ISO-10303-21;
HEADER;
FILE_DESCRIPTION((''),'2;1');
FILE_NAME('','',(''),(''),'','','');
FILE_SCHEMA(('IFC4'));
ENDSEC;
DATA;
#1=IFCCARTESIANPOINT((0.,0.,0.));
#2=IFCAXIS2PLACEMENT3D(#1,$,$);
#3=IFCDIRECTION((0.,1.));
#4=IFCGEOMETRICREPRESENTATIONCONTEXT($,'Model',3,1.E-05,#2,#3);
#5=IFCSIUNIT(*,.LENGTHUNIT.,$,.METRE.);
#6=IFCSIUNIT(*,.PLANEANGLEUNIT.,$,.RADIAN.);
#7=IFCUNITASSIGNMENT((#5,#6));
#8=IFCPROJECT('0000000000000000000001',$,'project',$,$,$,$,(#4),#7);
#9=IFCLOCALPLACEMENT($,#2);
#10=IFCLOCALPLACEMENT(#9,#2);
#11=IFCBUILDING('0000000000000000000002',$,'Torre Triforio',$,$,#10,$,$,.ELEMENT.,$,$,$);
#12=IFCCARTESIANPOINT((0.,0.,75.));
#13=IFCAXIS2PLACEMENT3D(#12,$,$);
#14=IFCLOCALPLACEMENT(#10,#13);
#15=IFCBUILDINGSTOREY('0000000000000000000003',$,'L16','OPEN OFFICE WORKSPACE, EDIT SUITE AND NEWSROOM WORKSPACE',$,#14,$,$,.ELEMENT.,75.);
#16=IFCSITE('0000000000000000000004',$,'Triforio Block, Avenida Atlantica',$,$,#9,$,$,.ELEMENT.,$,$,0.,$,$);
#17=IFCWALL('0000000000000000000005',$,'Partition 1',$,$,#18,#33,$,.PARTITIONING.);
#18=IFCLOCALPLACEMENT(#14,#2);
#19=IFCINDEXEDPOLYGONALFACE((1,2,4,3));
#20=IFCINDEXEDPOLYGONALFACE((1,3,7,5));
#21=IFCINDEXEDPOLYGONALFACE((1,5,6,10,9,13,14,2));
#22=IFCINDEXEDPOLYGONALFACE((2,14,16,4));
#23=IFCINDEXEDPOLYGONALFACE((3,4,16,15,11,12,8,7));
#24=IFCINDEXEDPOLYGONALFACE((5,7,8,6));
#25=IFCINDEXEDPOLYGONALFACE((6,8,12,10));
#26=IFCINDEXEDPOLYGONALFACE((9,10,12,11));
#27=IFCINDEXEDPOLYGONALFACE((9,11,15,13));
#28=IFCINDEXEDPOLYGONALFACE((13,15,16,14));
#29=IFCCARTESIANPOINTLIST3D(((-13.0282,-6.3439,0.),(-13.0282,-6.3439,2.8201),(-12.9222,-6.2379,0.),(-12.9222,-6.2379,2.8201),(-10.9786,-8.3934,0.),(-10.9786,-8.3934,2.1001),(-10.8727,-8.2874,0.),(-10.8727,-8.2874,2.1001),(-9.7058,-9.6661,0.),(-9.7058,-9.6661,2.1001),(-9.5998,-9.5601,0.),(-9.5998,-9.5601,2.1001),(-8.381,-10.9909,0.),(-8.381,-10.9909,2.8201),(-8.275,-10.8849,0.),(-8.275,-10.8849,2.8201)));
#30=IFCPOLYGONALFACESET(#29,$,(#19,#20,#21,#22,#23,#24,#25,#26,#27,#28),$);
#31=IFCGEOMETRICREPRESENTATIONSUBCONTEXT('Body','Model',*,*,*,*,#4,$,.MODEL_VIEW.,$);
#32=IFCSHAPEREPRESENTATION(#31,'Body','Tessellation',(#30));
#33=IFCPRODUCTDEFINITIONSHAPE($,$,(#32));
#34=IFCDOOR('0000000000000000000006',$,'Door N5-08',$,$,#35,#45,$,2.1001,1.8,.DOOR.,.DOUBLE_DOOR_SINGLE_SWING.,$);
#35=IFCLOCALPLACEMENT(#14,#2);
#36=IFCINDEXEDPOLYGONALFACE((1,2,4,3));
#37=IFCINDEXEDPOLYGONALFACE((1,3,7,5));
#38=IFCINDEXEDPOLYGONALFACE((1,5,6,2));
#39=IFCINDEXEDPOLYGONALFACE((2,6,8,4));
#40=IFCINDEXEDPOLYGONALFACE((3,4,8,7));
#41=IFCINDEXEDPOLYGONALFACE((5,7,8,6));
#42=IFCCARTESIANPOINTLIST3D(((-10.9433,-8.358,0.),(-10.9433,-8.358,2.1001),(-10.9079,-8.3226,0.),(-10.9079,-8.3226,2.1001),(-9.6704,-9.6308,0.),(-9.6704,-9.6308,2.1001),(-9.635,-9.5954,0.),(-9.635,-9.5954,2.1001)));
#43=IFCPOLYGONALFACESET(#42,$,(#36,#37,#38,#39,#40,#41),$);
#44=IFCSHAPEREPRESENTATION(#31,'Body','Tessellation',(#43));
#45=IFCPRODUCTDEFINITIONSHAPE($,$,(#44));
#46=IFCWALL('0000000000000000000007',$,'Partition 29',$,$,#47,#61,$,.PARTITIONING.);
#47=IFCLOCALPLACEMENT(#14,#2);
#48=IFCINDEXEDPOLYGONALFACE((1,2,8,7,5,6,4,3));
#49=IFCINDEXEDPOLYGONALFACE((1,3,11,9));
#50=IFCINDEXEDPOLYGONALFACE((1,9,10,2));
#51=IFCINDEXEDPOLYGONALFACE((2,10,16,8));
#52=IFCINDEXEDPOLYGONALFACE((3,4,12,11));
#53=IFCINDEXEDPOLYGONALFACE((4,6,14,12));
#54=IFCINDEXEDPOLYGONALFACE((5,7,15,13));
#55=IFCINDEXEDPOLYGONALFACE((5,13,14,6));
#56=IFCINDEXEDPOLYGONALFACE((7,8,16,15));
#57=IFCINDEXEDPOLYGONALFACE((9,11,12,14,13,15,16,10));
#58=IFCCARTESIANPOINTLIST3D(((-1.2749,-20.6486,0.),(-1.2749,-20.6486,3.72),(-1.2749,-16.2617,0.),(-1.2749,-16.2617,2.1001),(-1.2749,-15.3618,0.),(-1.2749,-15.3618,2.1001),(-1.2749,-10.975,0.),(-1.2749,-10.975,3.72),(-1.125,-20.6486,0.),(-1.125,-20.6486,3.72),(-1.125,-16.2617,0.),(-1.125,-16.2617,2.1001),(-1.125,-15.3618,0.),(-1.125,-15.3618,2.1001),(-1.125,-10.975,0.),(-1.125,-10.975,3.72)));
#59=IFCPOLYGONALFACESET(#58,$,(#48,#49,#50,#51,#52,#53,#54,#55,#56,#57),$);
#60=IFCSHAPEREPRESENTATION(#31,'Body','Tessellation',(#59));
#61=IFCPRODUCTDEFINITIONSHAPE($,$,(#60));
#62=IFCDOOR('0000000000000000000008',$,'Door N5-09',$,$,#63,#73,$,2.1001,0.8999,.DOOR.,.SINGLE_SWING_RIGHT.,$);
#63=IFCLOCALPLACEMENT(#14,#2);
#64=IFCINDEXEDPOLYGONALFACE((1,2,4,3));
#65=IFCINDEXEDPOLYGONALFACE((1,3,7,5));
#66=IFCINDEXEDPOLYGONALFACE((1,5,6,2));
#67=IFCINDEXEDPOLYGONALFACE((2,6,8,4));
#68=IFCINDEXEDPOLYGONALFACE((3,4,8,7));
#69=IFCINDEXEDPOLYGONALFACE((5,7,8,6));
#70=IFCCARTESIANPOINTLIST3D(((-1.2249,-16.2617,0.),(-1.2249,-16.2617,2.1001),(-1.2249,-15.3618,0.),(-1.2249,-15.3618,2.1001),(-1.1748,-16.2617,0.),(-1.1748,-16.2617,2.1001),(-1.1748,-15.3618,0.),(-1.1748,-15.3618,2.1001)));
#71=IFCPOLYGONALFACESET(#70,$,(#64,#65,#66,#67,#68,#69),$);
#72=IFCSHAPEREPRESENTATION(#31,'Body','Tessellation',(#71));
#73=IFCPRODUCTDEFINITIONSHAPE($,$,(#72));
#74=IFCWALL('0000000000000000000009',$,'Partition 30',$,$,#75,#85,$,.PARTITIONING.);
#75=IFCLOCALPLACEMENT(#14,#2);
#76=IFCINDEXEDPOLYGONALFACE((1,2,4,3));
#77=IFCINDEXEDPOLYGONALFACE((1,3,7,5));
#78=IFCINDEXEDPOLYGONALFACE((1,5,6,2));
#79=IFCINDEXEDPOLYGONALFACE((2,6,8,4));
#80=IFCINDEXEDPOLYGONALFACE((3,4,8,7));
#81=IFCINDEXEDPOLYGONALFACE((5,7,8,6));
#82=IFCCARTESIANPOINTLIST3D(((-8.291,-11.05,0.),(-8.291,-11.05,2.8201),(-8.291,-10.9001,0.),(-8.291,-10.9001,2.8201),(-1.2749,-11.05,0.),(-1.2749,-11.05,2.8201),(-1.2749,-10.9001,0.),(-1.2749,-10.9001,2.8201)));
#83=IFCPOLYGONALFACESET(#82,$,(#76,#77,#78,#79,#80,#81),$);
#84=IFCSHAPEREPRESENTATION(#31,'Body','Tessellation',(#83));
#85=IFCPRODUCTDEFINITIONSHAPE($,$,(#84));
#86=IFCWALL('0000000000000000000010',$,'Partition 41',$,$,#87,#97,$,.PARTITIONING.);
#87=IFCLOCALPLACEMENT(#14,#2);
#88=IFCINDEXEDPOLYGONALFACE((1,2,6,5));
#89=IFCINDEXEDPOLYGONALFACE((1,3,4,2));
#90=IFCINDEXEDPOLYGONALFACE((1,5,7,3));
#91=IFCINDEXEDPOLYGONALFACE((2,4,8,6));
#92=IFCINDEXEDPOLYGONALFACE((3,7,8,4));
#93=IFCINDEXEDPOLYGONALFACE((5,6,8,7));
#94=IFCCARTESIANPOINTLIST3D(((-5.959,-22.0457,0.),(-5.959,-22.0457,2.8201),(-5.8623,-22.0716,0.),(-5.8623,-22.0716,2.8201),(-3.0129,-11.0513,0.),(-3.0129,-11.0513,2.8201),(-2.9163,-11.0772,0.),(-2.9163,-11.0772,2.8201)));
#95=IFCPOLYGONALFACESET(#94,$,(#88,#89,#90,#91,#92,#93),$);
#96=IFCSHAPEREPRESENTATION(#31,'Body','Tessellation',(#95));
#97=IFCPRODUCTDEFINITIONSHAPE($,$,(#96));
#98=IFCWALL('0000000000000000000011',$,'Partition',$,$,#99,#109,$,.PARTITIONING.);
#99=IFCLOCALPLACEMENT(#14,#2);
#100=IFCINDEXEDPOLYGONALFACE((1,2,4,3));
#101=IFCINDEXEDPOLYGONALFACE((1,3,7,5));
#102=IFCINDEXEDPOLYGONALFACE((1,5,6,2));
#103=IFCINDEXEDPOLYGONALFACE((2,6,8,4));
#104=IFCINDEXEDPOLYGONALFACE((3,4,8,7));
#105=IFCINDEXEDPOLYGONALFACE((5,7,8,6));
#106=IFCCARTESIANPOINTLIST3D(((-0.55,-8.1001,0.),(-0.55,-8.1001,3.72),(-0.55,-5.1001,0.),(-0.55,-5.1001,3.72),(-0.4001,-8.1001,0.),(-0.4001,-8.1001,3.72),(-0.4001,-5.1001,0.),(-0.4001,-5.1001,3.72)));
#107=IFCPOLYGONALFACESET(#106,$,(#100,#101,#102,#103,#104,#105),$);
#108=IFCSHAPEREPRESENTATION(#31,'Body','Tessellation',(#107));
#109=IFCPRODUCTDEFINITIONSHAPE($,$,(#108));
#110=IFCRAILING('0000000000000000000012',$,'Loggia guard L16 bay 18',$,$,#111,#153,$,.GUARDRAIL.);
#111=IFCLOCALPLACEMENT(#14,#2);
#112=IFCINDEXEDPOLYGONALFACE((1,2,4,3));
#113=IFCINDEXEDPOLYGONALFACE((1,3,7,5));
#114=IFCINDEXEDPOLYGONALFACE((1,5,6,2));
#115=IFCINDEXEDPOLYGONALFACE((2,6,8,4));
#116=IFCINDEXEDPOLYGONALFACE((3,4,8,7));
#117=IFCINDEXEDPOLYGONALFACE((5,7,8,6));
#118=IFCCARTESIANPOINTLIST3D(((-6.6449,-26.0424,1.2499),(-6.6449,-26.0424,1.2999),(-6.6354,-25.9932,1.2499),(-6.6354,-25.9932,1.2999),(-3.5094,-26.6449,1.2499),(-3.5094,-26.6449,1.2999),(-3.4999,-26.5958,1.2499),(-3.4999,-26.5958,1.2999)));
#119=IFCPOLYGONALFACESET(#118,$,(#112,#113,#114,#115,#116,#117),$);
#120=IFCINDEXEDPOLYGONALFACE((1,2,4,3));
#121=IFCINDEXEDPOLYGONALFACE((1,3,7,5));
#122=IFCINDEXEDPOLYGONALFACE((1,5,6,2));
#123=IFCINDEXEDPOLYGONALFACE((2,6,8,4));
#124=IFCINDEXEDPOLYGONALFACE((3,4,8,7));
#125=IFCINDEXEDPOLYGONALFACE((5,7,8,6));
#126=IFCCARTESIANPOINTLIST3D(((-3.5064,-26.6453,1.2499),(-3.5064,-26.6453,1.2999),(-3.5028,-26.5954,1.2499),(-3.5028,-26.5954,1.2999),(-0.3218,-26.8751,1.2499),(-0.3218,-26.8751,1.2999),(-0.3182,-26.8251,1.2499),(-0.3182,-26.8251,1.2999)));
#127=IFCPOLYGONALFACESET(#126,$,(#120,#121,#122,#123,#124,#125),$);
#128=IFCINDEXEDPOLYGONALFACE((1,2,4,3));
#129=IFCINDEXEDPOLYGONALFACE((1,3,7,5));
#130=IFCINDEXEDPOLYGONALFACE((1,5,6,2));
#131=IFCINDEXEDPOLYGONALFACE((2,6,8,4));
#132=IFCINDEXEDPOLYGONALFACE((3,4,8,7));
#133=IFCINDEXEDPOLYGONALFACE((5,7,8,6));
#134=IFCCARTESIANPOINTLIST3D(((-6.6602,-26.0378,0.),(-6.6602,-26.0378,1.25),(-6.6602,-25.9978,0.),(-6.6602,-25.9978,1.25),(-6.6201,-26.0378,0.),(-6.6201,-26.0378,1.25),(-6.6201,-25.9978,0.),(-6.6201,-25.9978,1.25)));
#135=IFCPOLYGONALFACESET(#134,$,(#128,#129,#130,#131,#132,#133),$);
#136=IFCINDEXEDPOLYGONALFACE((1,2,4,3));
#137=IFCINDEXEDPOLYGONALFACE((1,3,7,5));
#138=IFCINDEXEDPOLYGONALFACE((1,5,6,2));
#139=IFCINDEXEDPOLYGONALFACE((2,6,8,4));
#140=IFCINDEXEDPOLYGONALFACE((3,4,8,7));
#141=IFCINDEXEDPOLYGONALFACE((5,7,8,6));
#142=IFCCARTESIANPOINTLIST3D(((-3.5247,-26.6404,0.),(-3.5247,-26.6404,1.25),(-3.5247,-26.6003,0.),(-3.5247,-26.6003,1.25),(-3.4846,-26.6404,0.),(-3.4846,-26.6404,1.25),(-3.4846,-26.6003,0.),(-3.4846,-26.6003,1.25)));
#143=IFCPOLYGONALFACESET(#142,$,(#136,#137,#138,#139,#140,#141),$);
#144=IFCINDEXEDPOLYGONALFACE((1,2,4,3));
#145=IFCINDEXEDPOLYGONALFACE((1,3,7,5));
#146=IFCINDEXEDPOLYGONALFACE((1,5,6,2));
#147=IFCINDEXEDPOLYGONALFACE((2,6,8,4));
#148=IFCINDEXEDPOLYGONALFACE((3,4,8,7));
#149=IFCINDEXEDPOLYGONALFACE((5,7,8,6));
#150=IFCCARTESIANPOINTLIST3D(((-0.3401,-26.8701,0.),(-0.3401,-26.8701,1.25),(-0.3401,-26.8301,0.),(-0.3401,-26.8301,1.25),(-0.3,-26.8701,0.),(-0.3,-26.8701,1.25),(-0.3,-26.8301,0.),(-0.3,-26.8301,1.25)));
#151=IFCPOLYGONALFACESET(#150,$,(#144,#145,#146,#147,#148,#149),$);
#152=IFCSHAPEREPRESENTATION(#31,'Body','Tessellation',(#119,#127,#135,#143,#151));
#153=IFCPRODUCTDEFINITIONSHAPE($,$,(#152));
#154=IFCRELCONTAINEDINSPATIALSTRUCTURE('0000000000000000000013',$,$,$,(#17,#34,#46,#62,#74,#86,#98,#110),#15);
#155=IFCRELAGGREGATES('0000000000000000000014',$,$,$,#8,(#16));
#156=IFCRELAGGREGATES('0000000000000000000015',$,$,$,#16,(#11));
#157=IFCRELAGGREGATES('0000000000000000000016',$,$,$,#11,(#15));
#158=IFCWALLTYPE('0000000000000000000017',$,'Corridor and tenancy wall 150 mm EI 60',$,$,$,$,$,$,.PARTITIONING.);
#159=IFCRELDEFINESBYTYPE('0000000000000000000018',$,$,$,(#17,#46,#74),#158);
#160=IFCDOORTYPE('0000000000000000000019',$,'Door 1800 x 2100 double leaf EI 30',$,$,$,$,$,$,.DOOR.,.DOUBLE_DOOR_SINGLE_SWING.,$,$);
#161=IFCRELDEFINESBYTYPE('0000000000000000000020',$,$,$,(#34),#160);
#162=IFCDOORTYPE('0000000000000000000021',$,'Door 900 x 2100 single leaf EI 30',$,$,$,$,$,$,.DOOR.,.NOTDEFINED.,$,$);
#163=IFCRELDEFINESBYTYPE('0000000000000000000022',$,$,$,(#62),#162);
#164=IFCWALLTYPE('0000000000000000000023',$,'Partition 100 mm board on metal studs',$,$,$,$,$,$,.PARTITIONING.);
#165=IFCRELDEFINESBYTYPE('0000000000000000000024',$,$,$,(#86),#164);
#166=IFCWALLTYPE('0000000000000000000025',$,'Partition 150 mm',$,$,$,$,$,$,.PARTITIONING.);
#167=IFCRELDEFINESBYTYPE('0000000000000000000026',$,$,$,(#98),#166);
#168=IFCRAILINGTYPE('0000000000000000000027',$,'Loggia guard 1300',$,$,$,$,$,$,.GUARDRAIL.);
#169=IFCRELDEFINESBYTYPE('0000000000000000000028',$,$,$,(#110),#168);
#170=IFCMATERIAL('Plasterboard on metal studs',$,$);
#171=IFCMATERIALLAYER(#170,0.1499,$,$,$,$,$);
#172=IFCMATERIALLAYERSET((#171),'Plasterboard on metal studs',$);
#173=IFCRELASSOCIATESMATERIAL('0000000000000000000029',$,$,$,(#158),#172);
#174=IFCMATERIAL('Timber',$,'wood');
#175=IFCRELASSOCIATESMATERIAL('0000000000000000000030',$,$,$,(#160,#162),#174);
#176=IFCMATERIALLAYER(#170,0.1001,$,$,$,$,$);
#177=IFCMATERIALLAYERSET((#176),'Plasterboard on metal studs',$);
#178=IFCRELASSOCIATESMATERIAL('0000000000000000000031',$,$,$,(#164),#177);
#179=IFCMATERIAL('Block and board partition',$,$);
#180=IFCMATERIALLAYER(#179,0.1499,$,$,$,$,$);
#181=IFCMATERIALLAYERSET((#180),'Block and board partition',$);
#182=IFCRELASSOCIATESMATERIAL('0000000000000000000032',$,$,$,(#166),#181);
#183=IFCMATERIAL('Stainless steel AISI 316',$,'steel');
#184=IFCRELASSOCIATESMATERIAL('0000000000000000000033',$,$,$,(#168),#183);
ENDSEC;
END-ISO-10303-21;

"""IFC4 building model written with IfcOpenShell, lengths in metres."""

from ifc_helpers import new_model, si_unit, direction, frame, frame_2d, origin, origin_2d, place, context, subcontext, project, spatial, rectangle, extrude, material, layer, layer_set, type_object, element, fill, save


model = new_model("IFC4")

# Units and contexts
model_context = context("Model", 3, precision=1e-05, world=origin(), true_north=direction((0.0, 1.0)))
body_context = subcontext(model_context, "Body", "Model", "MODEL_VIEW")
ifc_project = project(units=[si_unit("LENGTHUNIT", "METRE"), si_unit("PLANEANGLEUNIT", "RADIAN")], contexts=[model_context])

# Site, building, storey
site_placement = place(None, origin())
site = spatial("IfcSite", under=ifc_project, at=site_placement, Name="Triforio Block, Avenida Atlantica", CompositionType="ELEMENT", RefElevation=0.0)
building_placement = place(site_placement, origin())
building = spatial("IfcBuilding", under=site, at=building_placement, Name="Torre Triforio", CompositionType="ELEMENT")
storey_placement = place(building_placement, frame((0.0, 0.0, 75.0)))
storey = spatial("IfcBuildingStorey", under=building, at=storey_placement, Name="L16", Description="OPEN OFFICE WORKSPACE, EDIT SUITE AND NEWSROOM WORKSPACE", CompositionType="ELEMENT", Elevation=75.0)

# Walls, openings, doors
ifc_material_1 = material(Name="Plasterboard on metal studs")
ifc_layer_1 = layer(ifc_material_1, 0.1499)
ifc_layer_set_1 = layer_set([ifc_layer_1], Name="Plasterboard on metal studs")
wall_type_1 = type_object("IfcWallType", Name="Corridor and tenancy wall 150 mm EI 60", PredefinedType="PARTITIONING", material=ifc_layer_set_1)
wall_1_placement = place(storey_placement, frame((-8.3279, -10.938, 0.0), z_axis=(0.0, 0.0, 1.0), x_axis=(-0.707125, 0.707088, 0.0)))
wall_1 = element("IfcWall", 1, at=wall_1_placement, inside=storey, type_object=wall_type_1, Name="Partition 1", PredefinedType="PARTITIONING", context=body_context, shape_type="SweptSolid", body=[
    extrude(rectangle(XDim=6.572, YDim=0.1499, at=frame_2d((3.2861, 0.0))), origin(), (0.0, 0.0, 1.0), 2.8201),
])
opening_1_placement = place(wall_1_placement, frame((1.8738, 0.0, 0.0)))
opening_1 = element("IfcOpeningElement", 2, at=opening_1_placement, cuts=wall_1, PredefinedType="OPENING", context=body_context, shape_type="SweptSolid", body=[
    extrude(rectangle(XDim=1.8, YDim=2.1001, at=frame_2d((0.8999, 1.05))), frame((0.0, 0.085, 0.0), z_axis=(0.0, -1.0, 0.0), x_axis=(1.0, 0.0, 0.0)), (0.0, 0.0, 1.0), 0.1699),
])
ifc_material_2 = material(Name="Timber", Category="wood")
door_type_1 = type_object("IfcDoorType", Name="Door 1800 x 2100 double leaf EI 30", OperationType="DOUBLE_DOOR_SINGLE_SWING", PredefinedType="DOOR", material=ifc_material_2)
door_1_placement = place(opening_1_placement, origin())
door_1 = element("IfcDoor", 3, at=door_1_placement, inside=storey, type_object=door_type_1, Name="Door N5-08", OperationType="DOUBLE_DOOR_SINGLE_SWING", OverallHeight=2.1001, OverallWidth=1.8, PredefinedType="DOOR", context=body_context, shape_type="SweptSolid", body=[
    extrude(rectangle(XDim=1.8, YDim=2.1001, at=frame_2d((0.8999, 1.05))), frame((0.0, 0.0249, 0.0), z_axis=(0.0, -1.0, 0.0), x_axis=(1.0, 0.0, 0.0)), (0.0, 0.0, 1.0), 0.05),
])
fill(opening_1, door_1)
wall_2_placement = place(storey_placement, frame((-1.2, -20.6487, 0.0), z_axis=(0.0, 0.0, 1.0), x_axis=(0.0, 1.0, 0.0)))
wall_2 = element("IfcWall", 4, at=wall_2_placement, inside=storey, type_object=wall_type_1, Name="Partition 29", PredefinedType="PARTITIONING", context=body_context, shape_type="SweptSolid", body=[
    extrude(rectangle(XDim=9.6736, YDim=0.1499, at=frame_2d((4.8369, 0.0))), origin(), (0.0, 0.0, 1.0), 3.72),
])
opening_2_placement = place(wall_2_placement, frame((4.387, 0.0, 0.0)))
opening_2 = element("IfcOpeningElement", 5, at=opening_2_placement, cuts=wall_2, PredefinedType="OPENING", context=body_context, shape_type="SweptSolid", body=[
    extrude(rectangle(XDim=0.8999, YDim=2.1001, at=frame_2d((0.45, 1.05))), frame((0.0, 0.085, 0.0), z_axis=(0.0, -1.0, 0.0), x_axis=(1.0, 0.0, 0.0)), (0.0, 0.0, 1.0), 0.1699),
])
door_type_2 = type_object("IfcDoorType", Name="Door 900 x 2100 single leaf EI 30", OperationType="NOTDEFINED", PredefinedType="DOOR", material=ifc_material_2)
door_2_placement = place(opening_2_placement, origin())
door_2 = element("IfcDoor", 6, at=door_2_placement, inside=storey, type_object=door_type_2, Name="Door N5-09", OperationType="SINGLE_SWING_RIGHT", OverallHeight=2.1001, OverallWidth=0.8999, PredefinedType="DOOR", context=body_context, shape_type="SweptSolid", body=[
    extrude(rectangle(XDim=0.8999, YDim=2.1001, at=frame_2d((0.45, 1.05))), frame((0.0, 0.0249, 0.0), z_axis=(0.0, -1.0, 0.0), x_axis=(1.0, 0.0, 0.0)), (0.0, 0.0, 1.0), 0.05),
])
fill(opening_2, door_2)

# Walls
wall_3_placement = place(storey_placement, frame((-1.2749, -10.9751, 0.0), z_axis=(0.0, 0.0, 1.0), x_axis=(-1.0, 0.0, 0.0)))
element("IfcWall", 7, at=wall_3_placement, inside=storey, type_object=wall_type_1, Name="Partition 30", PredefinedType="PARTITIONING", context=body_context, shape_type="SweptSolid", body=[
    extrude(rectangle(XDim=7.0161, YDim=0.1499, at=frame_2d((3.5081, 0.0))), origin(), (0.0, 0.0, 1.0), 2.8201),
])
ifc_layer_2 = layer(ifc_material_1, 0.1001)
ifc_layer_set_2 = layer_set([ifc_layer_2], Name="Plasterboard on metal studs")
wall_type_2 = type_object("IfcWallType", Name="Partition 100 mm board on metal studs", PredefinedType="PARTITIONING", material=ifc_layer_set_2)
wall_4_placement = place(storey_placement, frame((-2.9646, -11.0642, 0.0), z_axis=(0.0, 0.0, 1.0), x_axis=(-0.258828, -0.965923, 0.0)))
element("IfcWall", 8, at=wall_4_placement, inside=storey, type_object=wall_type_2, Name="Partition 41", PredefinedType="PARTITIONING", context=body_context, shape_type="SweptSolid", body=[
    extrude(rectangle(XDim=11.3823, YDim=0.1001, at=frame_2d((5.6912, 0.0))), origin(), (0.0, 0.0, 1.0), 2.8201),
])
ifc_material_3 = material(Name="Block and board partition")
ifc_layer_3 = layer(ifc_material_3, 0.1499)
ifc_layer_set_3 = layer_set([ifc_layer_3], Name="Block and board partition")
wall_type_3 = type_object("IfcWallType", Name="Partition 150 mm", PredefinedType="PARTITIONING", material=ifc_layer_set_3)
wall_5_placement = place(storey_placement, frame((-0.4751, -8.1001, 0.0), z_axis=(0.0, 0.0, 1.0), x_axis=(0.0, 1.0, 0.0)))
element("IfcWall", 9, at=wall_5_placement, inside=storey, type_object=wall_type_3, Name="Partition", PredefinedType="PARTITIONING", context=body_context, shape_type="SweptSolid", body=[
    extrude(rectangle(XDim=3.0, YDim=0.1499, at=frame_2d((1.5, 0.0))), origin(), (0.0, 0.0, 1.0), 3.72),
])

# Railing
ifc_material_4 = material(Name="Stainless steel AISI 316", Category="steel")
railing_type = type_object("IfcRailingType", Name="Loggia guard 1300", PredefinedType="GUARDRAIL", material=ifc_material_4)
railing_placement = place(storey_placement, frame((-6.6401, -26.0178, 0.0)))
element("IfcRailing", 10, at=railing_placement, inside=storey, type_object=railing_type, Name="Loggia guard L16 bay 18", PredefinedType="GUARDRAIL", context=body_context, shape_type="SweptSolid", body=[
    extrude(rectangle(XDim=0.05, YDim=0.05, at=origin_2d()), frame((0.0, 0.0, 1.2749), z_axis=(0.982032, -0.188714, 0.0), x_axis=(0.188714, 0.982032, 0.0)), (0.0, 0.0, 1.0), 3.1929),
    extrude(rectangle(XDim=0.05, YDim=0.05, at=origin_2d()), frame((3.1355, -0.6025, 1.2749), z_axis=(0.997408, -0.071953, 0.0), x_axis=(0.071953, 0.997408, 0.0)), (0.0, 0.0, 1.0), 3.1929),
    extrude(rectangle(XDim=0.04, YDim=0.04, at=origin_2d()), origin(), (0.0, 0.0, 1.0), 1.25),
    extrude(rectangle(XDim=0.04, YDim=0.04, at=origin_2d()), frame((3.1355, -0.6025, 0.0)), (0.0, 0.0, 1.0), 1.25),
    extrude(rectangle(XDim=0.04, YDim=0.04, at=origin_2d()), frame((6.3201, -0.8323, 0.0)), (0.0, 0.0, 1.0), 1.25),
])

save(model, "model.ifc")
